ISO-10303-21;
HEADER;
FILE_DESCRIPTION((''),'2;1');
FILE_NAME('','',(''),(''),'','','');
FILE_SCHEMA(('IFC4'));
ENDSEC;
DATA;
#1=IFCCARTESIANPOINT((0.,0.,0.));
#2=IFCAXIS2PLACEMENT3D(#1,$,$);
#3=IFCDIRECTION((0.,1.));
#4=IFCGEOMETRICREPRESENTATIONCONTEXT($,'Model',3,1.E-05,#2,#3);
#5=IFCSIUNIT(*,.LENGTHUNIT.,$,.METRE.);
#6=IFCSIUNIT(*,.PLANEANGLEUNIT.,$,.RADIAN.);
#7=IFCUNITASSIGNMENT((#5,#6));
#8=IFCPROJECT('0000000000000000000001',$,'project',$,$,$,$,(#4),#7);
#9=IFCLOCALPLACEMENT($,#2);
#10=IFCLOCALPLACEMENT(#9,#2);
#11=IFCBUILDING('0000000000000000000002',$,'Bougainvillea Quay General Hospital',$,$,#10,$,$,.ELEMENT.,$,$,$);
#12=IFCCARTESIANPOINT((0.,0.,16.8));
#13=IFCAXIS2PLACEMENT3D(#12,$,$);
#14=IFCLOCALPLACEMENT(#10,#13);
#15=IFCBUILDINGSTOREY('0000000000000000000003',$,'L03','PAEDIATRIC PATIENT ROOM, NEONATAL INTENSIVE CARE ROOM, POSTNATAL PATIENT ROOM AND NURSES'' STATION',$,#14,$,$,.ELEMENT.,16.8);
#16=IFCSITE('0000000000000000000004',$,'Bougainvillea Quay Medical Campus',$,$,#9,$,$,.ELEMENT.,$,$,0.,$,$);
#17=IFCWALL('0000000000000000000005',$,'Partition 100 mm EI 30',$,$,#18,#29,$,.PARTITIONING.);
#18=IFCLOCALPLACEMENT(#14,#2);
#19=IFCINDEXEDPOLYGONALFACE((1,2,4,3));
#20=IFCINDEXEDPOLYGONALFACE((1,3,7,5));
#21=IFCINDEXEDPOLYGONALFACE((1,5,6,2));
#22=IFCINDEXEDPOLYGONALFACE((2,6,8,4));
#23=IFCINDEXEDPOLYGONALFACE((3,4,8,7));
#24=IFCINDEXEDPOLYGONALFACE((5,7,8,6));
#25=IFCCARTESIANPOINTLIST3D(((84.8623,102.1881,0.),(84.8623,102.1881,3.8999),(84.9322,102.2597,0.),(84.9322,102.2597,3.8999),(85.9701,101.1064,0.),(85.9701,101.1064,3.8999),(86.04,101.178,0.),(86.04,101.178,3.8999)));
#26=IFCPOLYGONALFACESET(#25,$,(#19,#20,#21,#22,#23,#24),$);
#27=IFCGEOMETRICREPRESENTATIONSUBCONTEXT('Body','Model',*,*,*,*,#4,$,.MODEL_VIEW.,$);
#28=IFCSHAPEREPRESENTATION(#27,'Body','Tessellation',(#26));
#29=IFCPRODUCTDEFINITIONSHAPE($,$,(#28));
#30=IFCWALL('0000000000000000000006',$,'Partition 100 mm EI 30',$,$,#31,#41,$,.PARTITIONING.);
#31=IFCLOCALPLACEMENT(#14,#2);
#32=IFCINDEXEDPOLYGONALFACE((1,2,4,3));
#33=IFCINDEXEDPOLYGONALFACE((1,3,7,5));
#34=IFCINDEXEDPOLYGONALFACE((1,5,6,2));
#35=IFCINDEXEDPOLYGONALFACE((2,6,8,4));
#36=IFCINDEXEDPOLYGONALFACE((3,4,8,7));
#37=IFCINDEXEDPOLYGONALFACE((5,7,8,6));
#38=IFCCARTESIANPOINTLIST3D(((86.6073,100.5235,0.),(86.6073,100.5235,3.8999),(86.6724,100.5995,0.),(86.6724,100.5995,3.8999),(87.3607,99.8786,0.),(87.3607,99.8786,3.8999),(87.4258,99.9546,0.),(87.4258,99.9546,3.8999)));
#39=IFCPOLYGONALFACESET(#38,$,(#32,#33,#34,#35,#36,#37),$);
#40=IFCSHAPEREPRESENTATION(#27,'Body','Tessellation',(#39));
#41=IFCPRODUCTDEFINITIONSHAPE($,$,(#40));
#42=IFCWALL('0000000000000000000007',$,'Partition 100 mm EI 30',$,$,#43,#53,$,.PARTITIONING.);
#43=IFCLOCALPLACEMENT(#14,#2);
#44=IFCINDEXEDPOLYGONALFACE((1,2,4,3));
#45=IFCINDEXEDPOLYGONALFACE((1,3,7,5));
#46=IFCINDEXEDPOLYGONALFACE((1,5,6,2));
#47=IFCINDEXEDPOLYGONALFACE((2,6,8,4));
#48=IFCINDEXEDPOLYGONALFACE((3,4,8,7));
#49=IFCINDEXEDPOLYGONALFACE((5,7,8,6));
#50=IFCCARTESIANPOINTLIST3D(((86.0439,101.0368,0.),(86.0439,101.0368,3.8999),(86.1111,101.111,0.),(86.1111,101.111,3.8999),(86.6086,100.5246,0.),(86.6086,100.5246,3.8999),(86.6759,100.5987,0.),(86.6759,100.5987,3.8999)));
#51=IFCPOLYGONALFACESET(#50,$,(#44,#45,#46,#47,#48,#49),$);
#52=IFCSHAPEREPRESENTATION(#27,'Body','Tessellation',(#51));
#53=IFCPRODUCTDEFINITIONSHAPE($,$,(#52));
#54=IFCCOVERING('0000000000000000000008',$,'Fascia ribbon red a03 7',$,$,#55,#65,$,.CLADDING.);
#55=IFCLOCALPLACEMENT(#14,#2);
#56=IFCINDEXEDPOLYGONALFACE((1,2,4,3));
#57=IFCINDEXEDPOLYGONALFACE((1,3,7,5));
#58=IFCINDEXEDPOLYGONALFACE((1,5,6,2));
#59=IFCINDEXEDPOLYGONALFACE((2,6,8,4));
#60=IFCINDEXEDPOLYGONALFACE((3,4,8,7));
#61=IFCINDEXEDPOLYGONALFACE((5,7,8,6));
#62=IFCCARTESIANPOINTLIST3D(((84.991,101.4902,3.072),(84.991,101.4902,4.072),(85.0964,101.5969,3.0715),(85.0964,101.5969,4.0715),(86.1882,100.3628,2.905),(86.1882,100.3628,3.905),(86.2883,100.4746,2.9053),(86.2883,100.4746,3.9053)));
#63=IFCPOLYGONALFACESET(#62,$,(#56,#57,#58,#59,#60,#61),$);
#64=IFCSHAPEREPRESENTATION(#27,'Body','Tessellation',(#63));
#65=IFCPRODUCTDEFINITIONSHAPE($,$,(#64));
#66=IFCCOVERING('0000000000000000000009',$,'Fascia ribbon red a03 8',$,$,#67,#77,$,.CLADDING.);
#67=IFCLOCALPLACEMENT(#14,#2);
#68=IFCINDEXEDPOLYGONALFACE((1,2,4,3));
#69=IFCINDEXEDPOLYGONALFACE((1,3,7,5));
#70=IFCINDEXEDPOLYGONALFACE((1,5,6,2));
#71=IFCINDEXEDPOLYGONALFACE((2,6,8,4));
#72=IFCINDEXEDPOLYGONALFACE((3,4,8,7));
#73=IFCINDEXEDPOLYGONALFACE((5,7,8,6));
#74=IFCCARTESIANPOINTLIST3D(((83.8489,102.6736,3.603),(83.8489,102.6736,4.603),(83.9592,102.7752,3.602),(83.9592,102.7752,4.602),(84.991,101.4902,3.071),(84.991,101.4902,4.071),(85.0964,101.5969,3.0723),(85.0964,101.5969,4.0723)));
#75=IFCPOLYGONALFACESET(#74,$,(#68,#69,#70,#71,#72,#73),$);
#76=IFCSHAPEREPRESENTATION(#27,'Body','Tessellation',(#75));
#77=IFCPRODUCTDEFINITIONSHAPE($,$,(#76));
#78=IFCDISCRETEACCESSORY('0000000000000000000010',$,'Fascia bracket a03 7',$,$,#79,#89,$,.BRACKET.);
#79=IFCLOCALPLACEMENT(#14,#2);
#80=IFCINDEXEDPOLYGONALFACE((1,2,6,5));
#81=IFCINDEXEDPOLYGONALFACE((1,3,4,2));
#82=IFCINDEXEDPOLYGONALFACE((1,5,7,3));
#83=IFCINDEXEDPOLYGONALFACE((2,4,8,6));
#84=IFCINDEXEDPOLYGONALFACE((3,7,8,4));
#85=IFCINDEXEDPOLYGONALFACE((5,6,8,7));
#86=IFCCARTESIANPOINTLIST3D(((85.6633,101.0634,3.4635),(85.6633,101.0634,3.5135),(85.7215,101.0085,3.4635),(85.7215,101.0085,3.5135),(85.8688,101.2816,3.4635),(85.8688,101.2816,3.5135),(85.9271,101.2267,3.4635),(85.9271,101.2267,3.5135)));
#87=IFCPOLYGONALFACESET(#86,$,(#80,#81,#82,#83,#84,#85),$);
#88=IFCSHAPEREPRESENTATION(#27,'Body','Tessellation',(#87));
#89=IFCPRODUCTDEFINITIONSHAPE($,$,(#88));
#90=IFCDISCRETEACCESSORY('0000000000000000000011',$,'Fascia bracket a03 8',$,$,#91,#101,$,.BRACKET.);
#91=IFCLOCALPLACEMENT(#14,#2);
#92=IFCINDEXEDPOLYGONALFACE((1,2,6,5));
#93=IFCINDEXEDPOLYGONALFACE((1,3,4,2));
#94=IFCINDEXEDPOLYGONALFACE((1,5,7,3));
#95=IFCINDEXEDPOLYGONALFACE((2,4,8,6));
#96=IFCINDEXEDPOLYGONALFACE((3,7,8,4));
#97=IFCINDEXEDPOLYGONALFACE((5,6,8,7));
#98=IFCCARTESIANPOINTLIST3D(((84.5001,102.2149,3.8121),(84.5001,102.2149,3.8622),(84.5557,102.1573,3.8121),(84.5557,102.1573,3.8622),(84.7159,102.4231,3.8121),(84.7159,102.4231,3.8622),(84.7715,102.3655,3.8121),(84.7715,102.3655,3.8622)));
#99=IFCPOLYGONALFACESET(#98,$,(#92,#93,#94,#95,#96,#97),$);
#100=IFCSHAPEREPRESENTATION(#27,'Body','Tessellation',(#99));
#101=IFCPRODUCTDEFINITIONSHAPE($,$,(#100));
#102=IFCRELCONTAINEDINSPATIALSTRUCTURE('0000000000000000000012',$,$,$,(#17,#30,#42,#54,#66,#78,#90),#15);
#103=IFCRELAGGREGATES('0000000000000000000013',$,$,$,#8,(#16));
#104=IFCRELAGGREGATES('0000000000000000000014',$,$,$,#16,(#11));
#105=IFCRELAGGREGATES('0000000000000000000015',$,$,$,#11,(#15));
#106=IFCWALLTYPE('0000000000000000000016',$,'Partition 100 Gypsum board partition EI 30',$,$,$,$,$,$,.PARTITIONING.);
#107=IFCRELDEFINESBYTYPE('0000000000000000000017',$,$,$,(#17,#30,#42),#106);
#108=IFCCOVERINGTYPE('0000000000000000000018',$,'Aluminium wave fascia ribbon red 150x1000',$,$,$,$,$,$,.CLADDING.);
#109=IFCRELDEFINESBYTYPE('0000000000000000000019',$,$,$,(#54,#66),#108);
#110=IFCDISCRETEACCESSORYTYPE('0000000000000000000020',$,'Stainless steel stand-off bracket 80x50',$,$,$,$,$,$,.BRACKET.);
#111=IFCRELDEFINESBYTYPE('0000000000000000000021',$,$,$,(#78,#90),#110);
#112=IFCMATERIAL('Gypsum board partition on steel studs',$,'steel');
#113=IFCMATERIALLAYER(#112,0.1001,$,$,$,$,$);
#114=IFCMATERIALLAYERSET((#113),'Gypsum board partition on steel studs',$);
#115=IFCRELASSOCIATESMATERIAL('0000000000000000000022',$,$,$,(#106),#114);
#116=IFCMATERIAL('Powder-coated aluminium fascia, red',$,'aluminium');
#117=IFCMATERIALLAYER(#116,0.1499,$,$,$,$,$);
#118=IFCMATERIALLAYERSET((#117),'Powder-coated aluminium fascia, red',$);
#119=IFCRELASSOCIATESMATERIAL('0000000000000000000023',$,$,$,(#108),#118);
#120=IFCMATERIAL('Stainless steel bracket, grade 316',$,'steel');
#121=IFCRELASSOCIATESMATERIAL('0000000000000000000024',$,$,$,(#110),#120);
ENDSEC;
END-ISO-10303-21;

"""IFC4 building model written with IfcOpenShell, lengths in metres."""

from ifc_helpers import new_model, si_unit, direction, frame, frame_2d, origin, origin_2d, place, context, subcontext, project, spatial, polyline, rectangle, outline, extrude, material, layer, layer_set, material_profile, profile_set, type_object, element, save


model = new_model("IFC4")

# Units and contexts
model_context = context("Model", 3, precision=1e-05, world=origin(), true_north=direction((0.0, 1.0)))
body_context = subcontext(model_context, "Body", "Model", "MODEL_VIEW")
ifc_project = project(units=[si_unit("LENGTHUNIT", "METRE"), si_unit("PLANEANGLEUNIT", "RADIAN")], contexts=[model_context])

# Site, building, storey
site_placement = place(None, origin())
site = spatial("IfcSite", under=ifc_project, at=site_placement, Name="Bougainvillea Quay Medical Campus", CompositionType="ELEMENT", RefElevation=0.0)
building_placement = place(site_placement, origin())
building = spatial("IfcBuilding", under=site, at=building_placement, Name="Bougainvillea Quay General Hospital", CompositionType="ELEMENT")
storey_placement = place(building_placement, frame((0.0, 0.0, 16.8)))
storey = spatial("IfcBuildingStorey", under=building, at=storey_placement, Name="L03", Description="PAEDIATRIC PATIENT ROOM, NEONATAL INTENSIVE CARE ROOM, POSTNATAL PATIENT ROOM AND NURSES' STATION", CompositionType="ELEMENT", Elevation=16.8)

# Walls
ifc_material_1 = material(Name="Gypsum board partition on steel studs", Category="steel")
ifc_layer_1 = layer(ifc_material_1, 0.1001)
ifc_layer_set_1 = layer_set([ifc_layer_1], Name="Gypsum board partition on steel studs")
wall_type = type_object("IfcWallType", Name="Partition 100 Gypsum board partition EI 30", PredefinedType="PARTITIONING", material=ifc_layer_set_1)
wall_1_placement = place(storey_placement, frame((84.8972, 102.2239, 0.0), z_axis=(0.0, 0.0, 1.0), x_axis=(0.715492, -0.698621, 0.0)))
element("IfcWall", 1, at=wall_1_placement, inside=storey, type_object=wall_type, Name="Partition 100 mm EI 30", PredefinedType="PARTITIONING", context=body_context, shape_type="SweptSolid", body=[
    extrude(rectangle(XDim=1.5483, YDim=0.1001, at=frame_2d((0.7742, 0.0))), origin(), (0.0, 0.0, 1.0), 3.8999),
])
wall_2_placement = place(storey_placement, frame((86.6399, 100.5615, 0.0), z_axis=(0.0, 0.0, 1.0), x_axis=(0.759639, -0.650345, 0.0)))
element("IfcWall", 2, at=wall_2_placement, inside=storey, type_object=wall_type, Name="Partition 100 mm EI 30", PredefinedType="PARTITIONING", context=body_context, shape_type="SweptSolid", body=[
    extrude(rectangle(XDim=0.9917, YDim=0.1001, at=frame_2d((0.4958, 0.0))), origin(), (0.0, 0.0, 1.0), 3.8999),
])
wall_3_placement = place(storey_placement, frame((86.0774, 101.074, 0.0), z_axis=(0.0, 0.0, 1.0), x_axis=(0.740693, -0.671844, 0.0)))
element("IfcWall", 3, at=wall_3_placement, inside=storey, type_object=wall_type, Name="Partition 100 mm EI 30", PredefinedType="PARTITIONING", context=body_context, shape_type="SweptSolid", body=[
    extrude(rectangle(XDim=0.7625, YDim=0.1001, at=frame_2d((0.3813, 0.0))), origin(), (0.0, 0.0, 1.0), 3.8999),
])

# Coverings
ifc_material_2 = material(Name="Powder-coated aluminium fascia, red", Category="aluminium")
ifc_layer_2 = layer(ifc_material_2, 0.1499)
ifc_layer_set_2 = layer_set([ifc_layer_2], Name="Powder-coated aluminium fascia, red")
covering_type = type_object("IfcCoveringType", Name="Aluminium wave fascia ribbon red 150x1000", PredefinedType="CLADDING", material=ifc_layer_set_2)
covering_1_placement = place(storey_placement, frame((86.2883, 100.4746, 2.9053), z_axis=(0.074139, -0.068637, 0.994883), x_axis=(-0.724313, 0.682029, 0.101029)))
element("IfcCovering", 4, at=covering_1_placement, inside=storey, type_object=covering_type, Name="Fascia ribbon red a03 7", PredefinedType="CLADDING", context=body_context, shape_type="SweptSolid", body=[
    extrude(outline(polyline([(0.0, 0.0), (1.6456, 0.0), (1.6492, 0.15), (-0.0038, 0.15), (0.0, 0.0)])), origin(), (0.101029, 0.00085, 0.994883), 1.0),
])
covering_2_placement = place(storey_placement, frame((85.0964, 101.5969, 3.0723), z_axis=(0.213169, -0.222032, 0.951452), x_axis=(-0.660757, 0.684589, 0.307797)))
element("IfcCovering", 5, at=covering_2_placement, inside=storey, type_object=covering_type, Name="Fascia ribbon red a03 8", PredefinedType="CLADDING", context=body_context, shape_type="SweptSolid", body=[
    extrude(outline(polyline([(0.0, 0.0), (1.7211, 0.0), (1.7248, 0.1499), (-0.0037, 0.15), (0.0, 0.0)])), origin(), (0.307797, -0.000776, 0.951452), 1.0),
])

# Discrete accessories
ifc_material_3 = material(Name="Stainless steel bracket, grade 316", Category="steel")
ifc_material_profile_1 = material_profile(ifc_material_3, rectangle(XDim=0.0801, YDim=0.05, at=origin_2d()))
ifc_profile_set_1 = profile_set([ifc_material_profile_1], Name="Stainless steel bracket, grade 316")
discrete_accessory_type = type_object("IfcDiscreteAccessoryType", Name="Stainless steel stand-off bracket 80x50", PredefinedType="BRACKET", material=ifc_profile_set_1)
for number, where, z_axis, x_axis, name in (
    (6, (85.8979, 101.2542, 3.4885), (-0.685619, -0.727961, 0.0), (0.727961, -0.685619, 0.0), "Fascia bracket a03 7"),
    (7, (84.7437, 102.3943, 3.8372), (-0.719612, -0.694377, 0.0), (0.694377, -0.719612, 0.0), "Fascia bracket a03 8"),
):
    element("IfcDiscreteAccessory", number, at=place(storey_placement, frame(where, z_axis=z_axis, x_axis=x_axis)), inside=storey, type_object=discrete_accessory_type, Name=name, PredefinedType="BRACKET", context=body_context, shape_type="SweptSolid", body=[
        extrude(rectangle(XDim=0.0801, YDim=0.05, at=origin_2d()), origin(), (0.0, 0.0, 1.0), 0.2998),
    ])

save(model, "model.ifc")
